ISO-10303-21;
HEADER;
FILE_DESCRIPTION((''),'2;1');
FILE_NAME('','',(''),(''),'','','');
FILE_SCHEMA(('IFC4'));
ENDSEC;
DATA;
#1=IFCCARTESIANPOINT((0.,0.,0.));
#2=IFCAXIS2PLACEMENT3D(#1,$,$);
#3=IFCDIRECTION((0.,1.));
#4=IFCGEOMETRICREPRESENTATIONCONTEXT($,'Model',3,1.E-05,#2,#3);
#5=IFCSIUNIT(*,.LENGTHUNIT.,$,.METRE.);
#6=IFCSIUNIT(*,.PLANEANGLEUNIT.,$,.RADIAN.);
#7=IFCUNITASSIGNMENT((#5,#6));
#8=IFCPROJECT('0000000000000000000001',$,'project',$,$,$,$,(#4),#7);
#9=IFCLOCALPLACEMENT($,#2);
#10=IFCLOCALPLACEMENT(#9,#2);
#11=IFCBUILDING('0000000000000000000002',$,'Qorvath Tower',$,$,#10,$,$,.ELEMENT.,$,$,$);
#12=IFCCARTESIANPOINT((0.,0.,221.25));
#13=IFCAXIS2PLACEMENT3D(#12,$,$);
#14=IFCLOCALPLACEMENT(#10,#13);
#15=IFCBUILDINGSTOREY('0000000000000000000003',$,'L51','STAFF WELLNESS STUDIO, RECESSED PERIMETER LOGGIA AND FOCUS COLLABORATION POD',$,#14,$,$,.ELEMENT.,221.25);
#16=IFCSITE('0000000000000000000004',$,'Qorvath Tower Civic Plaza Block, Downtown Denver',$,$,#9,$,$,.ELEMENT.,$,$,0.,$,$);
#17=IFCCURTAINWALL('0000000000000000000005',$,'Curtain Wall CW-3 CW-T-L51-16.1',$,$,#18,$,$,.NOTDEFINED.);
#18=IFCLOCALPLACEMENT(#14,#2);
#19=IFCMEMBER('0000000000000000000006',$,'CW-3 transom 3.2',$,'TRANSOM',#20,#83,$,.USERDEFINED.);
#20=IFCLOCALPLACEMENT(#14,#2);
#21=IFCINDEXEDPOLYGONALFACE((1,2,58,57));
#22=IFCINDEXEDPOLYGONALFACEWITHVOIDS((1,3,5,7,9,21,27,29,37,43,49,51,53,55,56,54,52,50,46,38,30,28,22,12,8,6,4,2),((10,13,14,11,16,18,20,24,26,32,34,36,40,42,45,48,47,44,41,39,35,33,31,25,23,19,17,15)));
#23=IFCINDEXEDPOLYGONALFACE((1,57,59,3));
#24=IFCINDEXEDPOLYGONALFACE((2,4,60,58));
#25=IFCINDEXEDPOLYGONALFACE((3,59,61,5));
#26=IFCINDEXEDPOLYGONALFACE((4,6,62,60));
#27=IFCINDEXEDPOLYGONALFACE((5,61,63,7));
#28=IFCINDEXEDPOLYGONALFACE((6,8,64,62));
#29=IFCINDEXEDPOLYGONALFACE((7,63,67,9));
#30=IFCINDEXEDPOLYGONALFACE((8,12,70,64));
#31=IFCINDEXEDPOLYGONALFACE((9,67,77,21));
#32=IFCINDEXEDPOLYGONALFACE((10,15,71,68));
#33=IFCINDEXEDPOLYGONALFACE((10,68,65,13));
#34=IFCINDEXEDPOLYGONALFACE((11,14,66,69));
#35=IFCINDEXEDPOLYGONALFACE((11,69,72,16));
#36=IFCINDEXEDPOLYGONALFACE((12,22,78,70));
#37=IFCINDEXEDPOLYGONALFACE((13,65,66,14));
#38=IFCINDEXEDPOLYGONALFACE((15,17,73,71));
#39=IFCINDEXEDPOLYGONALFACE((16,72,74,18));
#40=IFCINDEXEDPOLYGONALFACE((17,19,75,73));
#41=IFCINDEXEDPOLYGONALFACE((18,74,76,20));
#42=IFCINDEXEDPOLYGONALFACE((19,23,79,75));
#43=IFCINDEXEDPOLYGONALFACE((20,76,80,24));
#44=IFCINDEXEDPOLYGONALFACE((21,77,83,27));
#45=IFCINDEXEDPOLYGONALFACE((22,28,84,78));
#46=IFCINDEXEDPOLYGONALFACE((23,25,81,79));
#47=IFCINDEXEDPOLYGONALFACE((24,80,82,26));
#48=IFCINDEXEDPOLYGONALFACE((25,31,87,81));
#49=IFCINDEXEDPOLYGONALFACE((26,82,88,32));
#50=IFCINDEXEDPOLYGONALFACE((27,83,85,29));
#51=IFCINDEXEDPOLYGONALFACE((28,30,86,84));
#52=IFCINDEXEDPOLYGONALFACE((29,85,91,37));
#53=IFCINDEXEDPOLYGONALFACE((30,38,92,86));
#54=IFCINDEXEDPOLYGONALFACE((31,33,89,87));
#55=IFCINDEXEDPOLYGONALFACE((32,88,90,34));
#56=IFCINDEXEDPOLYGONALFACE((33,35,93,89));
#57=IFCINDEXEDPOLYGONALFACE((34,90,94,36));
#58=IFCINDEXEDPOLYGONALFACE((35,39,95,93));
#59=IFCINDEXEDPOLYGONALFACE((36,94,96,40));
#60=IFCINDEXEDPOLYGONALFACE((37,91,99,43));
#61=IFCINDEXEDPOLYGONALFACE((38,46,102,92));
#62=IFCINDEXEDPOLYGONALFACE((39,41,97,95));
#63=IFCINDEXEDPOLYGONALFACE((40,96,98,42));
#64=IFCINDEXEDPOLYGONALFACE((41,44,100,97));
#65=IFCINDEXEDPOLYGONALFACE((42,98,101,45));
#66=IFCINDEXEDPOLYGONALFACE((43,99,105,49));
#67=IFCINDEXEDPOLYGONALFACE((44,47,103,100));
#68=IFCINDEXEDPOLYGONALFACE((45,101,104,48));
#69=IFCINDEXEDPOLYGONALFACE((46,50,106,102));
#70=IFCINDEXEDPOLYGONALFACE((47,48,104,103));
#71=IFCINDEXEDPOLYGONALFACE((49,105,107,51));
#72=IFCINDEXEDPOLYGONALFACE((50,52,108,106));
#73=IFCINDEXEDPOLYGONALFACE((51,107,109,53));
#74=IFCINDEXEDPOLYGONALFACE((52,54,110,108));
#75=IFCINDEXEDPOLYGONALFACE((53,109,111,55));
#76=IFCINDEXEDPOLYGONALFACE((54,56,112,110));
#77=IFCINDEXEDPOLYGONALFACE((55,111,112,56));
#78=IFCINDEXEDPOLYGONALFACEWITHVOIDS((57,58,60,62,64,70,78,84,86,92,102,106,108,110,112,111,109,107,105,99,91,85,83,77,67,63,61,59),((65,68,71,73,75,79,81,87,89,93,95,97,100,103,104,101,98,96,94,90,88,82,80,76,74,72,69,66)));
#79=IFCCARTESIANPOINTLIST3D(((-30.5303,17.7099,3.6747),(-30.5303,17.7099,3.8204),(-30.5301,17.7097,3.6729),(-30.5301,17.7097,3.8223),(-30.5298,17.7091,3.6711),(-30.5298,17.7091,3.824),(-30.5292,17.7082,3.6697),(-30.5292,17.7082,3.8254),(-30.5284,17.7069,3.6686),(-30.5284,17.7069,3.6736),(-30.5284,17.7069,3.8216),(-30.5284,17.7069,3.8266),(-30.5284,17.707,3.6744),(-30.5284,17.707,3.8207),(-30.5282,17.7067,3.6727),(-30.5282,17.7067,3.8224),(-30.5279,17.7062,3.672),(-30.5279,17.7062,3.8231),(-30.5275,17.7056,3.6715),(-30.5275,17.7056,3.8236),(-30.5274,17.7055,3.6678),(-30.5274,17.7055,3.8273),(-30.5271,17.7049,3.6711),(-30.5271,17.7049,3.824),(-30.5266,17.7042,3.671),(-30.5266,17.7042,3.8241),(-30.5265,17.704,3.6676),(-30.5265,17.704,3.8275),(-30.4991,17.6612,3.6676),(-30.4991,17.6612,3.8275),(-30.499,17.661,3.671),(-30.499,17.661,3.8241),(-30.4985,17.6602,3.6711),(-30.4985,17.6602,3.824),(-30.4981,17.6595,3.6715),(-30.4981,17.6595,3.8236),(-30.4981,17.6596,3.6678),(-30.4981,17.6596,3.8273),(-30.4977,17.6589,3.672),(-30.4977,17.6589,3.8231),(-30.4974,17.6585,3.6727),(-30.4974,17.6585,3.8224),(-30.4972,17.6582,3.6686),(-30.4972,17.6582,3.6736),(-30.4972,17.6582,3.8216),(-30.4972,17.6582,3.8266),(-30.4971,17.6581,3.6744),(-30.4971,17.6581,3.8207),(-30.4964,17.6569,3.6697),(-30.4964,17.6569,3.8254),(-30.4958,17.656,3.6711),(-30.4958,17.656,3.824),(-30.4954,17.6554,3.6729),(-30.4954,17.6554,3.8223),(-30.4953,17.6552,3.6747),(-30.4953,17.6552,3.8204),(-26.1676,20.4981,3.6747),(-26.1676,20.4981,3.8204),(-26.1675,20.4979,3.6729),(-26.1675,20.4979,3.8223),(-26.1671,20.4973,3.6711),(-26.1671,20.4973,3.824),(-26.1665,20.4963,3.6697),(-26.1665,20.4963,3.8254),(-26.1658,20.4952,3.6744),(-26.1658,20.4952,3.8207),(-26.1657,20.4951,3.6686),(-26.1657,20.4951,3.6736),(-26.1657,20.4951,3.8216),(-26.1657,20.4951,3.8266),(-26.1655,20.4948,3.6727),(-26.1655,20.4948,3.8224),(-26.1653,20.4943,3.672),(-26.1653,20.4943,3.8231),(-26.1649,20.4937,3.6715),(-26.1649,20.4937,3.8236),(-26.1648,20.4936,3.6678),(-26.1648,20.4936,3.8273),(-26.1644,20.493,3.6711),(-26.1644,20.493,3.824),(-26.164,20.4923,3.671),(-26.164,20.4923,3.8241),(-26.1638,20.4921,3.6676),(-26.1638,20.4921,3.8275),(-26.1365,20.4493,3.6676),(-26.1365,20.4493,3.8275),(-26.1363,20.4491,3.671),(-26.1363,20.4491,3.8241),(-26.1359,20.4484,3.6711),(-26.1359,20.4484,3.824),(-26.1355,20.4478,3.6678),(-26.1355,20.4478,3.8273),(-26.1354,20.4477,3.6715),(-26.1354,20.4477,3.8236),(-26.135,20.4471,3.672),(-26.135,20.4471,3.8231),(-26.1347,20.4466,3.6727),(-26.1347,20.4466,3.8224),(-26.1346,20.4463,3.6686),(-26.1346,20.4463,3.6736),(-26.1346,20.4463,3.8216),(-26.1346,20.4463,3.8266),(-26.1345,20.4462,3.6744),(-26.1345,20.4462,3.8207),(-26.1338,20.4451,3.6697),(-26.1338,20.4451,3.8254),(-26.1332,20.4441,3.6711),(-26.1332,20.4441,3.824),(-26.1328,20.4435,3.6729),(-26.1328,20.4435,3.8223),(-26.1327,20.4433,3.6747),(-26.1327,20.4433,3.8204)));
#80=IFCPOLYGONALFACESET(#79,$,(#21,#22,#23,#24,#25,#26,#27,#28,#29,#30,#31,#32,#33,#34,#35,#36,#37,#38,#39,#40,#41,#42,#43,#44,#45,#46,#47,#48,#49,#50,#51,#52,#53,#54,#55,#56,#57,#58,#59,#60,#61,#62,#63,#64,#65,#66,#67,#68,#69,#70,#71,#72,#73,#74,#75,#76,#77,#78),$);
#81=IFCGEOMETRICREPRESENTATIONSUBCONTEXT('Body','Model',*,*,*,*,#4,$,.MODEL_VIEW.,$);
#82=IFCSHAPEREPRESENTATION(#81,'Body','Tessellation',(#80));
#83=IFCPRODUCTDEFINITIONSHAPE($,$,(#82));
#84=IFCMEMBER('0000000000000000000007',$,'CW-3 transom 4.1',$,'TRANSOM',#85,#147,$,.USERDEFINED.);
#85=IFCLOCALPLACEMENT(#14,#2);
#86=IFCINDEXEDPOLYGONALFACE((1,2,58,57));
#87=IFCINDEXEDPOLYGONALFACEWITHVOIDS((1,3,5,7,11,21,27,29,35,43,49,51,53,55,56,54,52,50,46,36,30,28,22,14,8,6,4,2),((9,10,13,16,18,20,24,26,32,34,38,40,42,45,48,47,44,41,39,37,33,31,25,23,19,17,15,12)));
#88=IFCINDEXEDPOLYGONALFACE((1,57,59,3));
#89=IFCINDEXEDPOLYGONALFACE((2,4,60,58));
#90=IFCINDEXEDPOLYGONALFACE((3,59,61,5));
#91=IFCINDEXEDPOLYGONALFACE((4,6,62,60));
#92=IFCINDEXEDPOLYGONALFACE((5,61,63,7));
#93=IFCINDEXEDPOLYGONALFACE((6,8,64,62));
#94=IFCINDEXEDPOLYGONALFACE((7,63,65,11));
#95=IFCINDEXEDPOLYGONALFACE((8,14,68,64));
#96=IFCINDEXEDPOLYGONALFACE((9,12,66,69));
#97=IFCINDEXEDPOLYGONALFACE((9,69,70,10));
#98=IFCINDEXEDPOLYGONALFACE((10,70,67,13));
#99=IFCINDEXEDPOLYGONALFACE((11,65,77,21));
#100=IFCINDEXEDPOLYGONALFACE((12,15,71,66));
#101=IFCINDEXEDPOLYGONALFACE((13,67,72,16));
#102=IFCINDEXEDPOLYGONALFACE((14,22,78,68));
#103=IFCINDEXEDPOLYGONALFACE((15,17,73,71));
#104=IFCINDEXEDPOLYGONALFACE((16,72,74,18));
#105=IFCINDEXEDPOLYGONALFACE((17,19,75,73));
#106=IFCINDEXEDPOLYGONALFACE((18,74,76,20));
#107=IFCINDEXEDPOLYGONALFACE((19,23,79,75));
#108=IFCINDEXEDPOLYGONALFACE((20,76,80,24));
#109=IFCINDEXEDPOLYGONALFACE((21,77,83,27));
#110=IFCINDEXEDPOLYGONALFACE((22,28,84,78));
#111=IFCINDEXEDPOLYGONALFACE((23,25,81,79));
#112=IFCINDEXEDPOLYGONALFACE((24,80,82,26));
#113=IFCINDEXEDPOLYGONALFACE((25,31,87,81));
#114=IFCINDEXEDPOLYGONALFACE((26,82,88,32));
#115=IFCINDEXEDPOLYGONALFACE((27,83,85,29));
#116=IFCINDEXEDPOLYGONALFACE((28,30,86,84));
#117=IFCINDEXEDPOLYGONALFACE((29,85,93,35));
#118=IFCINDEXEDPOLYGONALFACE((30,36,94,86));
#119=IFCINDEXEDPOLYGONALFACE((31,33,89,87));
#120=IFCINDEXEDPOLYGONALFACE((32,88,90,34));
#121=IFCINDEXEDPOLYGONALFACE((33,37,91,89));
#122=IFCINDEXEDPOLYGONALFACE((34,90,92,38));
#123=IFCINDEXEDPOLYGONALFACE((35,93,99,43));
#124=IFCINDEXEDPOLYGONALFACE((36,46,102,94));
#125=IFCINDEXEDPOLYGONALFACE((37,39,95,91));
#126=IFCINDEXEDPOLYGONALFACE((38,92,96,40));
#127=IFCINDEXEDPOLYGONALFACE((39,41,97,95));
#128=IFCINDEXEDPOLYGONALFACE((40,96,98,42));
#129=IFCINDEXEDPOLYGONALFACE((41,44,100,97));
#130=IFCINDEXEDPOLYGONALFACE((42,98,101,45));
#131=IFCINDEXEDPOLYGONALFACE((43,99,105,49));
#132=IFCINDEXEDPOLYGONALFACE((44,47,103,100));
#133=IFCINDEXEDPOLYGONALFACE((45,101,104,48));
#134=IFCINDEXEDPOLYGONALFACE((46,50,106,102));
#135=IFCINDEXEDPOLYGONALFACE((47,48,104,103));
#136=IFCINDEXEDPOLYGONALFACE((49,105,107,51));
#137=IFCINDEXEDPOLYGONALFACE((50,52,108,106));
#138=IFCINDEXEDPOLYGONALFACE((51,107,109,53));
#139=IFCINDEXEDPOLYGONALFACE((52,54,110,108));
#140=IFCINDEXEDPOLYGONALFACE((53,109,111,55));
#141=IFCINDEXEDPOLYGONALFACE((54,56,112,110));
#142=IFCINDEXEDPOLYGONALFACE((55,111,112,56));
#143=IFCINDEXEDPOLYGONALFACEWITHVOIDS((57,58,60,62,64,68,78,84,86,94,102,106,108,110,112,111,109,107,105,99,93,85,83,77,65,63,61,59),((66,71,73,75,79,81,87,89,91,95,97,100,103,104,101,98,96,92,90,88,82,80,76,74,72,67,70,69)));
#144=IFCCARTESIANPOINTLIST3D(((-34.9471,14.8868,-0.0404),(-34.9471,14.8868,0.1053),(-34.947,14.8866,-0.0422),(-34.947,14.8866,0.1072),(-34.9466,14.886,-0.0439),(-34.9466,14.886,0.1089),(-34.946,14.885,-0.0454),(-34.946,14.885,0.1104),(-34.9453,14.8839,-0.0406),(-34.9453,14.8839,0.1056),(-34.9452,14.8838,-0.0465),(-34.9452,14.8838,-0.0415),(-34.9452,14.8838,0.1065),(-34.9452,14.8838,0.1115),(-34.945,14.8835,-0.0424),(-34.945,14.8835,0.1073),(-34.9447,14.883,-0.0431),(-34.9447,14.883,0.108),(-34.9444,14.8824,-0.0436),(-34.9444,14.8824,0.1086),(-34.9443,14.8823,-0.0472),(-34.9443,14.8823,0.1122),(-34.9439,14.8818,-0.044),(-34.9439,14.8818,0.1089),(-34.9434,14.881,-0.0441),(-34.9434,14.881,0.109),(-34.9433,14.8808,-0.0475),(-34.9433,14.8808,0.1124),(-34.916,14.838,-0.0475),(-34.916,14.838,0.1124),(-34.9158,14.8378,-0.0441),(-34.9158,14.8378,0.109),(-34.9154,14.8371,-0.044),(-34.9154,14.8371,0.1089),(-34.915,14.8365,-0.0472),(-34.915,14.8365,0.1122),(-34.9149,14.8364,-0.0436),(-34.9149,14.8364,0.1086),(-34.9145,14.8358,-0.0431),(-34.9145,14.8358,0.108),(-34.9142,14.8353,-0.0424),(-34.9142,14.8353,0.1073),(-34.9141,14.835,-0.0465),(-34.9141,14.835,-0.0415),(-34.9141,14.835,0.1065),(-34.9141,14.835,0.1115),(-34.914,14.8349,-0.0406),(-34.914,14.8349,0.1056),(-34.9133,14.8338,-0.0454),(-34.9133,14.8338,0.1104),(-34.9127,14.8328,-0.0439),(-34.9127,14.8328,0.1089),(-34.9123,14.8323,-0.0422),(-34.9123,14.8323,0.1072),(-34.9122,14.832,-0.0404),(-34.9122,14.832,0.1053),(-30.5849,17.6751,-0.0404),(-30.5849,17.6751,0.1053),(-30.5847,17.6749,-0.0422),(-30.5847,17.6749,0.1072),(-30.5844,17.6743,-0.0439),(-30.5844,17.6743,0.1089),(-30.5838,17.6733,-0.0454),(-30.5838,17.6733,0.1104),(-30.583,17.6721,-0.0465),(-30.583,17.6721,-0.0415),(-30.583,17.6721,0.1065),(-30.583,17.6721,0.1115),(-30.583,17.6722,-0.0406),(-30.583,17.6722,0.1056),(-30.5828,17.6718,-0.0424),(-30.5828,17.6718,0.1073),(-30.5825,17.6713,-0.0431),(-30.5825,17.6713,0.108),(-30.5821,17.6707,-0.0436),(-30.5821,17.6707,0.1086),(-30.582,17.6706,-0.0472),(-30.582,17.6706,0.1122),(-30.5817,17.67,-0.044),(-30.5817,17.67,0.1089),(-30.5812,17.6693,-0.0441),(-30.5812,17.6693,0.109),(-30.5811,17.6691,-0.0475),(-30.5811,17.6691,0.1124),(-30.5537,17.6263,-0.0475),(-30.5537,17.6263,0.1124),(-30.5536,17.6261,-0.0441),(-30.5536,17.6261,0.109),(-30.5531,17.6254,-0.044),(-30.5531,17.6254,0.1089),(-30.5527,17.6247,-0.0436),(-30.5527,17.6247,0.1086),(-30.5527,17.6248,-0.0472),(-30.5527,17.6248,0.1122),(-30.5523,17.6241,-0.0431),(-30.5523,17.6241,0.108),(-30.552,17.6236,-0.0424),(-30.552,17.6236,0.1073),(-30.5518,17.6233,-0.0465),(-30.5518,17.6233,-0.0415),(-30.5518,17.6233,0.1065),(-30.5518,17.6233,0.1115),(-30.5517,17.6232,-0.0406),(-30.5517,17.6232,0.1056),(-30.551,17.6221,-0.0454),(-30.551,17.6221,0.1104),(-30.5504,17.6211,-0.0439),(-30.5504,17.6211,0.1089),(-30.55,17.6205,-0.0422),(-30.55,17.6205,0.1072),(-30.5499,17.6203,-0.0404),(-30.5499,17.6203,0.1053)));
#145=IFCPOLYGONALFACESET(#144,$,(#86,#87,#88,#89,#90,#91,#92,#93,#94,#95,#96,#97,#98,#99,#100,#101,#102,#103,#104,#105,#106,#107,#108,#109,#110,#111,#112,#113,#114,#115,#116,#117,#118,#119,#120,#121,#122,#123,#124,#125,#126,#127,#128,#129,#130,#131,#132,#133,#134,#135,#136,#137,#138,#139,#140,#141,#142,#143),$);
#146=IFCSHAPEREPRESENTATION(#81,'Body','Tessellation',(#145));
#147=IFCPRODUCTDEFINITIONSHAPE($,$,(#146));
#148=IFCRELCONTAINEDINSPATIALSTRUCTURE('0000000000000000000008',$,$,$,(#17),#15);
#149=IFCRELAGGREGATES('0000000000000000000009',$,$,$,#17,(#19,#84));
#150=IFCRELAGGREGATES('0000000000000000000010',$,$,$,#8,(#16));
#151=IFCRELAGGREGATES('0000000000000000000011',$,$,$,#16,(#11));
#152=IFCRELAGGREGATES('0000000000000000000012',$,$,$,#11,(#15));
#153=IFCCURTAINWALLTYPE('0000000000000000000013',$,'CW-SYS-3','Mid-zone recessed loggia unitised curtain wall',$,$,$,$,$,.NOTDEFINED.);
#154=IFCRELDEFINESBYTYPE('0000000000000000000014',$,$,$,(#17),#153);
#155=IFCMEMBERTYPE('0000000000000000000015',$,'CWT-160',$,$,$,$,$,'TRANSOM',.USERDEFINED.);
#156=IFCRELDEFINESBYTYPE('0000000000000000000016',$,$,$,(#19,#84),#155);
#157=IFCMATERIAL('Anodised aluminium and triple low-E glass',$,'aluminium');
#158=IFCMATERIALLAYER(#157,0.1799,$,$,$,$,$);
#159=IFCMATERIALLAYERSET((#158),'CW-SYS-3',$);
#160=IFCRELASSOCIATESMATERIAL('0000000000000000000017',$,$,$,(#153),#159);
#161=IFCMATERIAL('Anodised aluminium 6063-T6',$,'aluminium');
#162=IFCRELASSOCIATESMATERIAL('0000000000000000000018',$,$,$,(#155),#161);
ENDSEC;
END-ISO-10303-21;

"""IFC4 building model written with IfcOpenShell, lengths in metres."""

from ifc_helpers import new_model, si_unit, direction, frame, origin, origin_2d, place, context, subcontext, project, spatial, hollow_rectangle, extrude, material, layer, layer_set, material_profile, profile_set, type_object, element, aggregate, save


model = new_model("IFC4")

# Units and contexts
model_context = context("Model", 3, precision=1e-05, world=origin(), true_north=direction((0.0, 1.0)))
body_context = subcontext(model_context, "Body", "Model", "MODEL_VIEW")
ifc_project = project(units=[si_unit("LENGTHUNIT", "METRE"), si_unit("PLANEANGLEUNIT", "RADIAN")], contexts=[model_context])

# Site, building, storey
site_placement = place(None, origin())
site = spatial("IfcSite", under=ifc_project, at=site_placement, Name="Qorvath Tower Civic Plaza Block, Downtown Denver", CompositionType="ELEMENT", RefElevation=0.0)
building_placement = place(site_placement, origin())
building = spatial("IfcBuilding", under=site, at=building_placement, Name="Qorvath Tower", CompositionType="ELEMENT")
storey_placement = place(building_placement, frame((0.0, 0.0, 221.25)))
storey = spatial("IfcBuildingStorey", under=building, at=storey_placement, Name="L51", Description="STAFF WELLNESS STUDIO, RECESSED PERIMETER LOGGIA AND FOCUS COLLABORATION POD", CompositionType="ELEMENT", Elevation=221.25)

# Curtain wall, members
ifc_material_1 = material(Name="Anodised aluminium and triple low-E glass", Category="aluminium")
ifc_layer_1 = layer(ifc_material_1, 0.1799)
ifc_layer_set_1 = layer_set([ifc_layer_1], Name="CW-SYS-3")
curtain_wall_type = type_object("IfcCurtainWallType", Name="CW-SYS-3", Description="Mid-zone recessed loggia unitised curtain wall", PredefinedType="NOTDEFINED", material=ifc_layer_set_1)
curtain_wall_placement = place(storey_placement, origin())
curtain_wall = element("IfcCurtainWall", 1, at=curtain_wall_placement, inside=storey, type_object=curtain_wall_type, Name="Curtain Wall CW-3 CW-T-L51-16.1", PredefinedType="NOTDEFINED")
ifc_material_2 = material(Name="Anodised aluminium 6063-T6", Category="aluminium")
ifc_material_profile_1 = material_profile(ifc_material_2, hollow_rectangle(XDim=0.0649, YDim=0.1599, WallThickness=0.0034, InnerFilletRadius=0.0034, OuterFilletRadius=0.0071, at=origin_2d()), Name="CWT 160x65")
ifc_profile_set_1 = profile_set([ifc_material_profile_1], Name="Anodised aluminium 6063-T6")
member_type_1 = type_object("IfcMemberType", Name="CWT-160", ElementType="TRANSOM", PredefinedType="USERDEFINED", material=ifc_profile_set_1)
member_1_placement = place(storey_placement, frame((-26.1501, 20.4707, 3.7476), z_axis=(-0.842617, -0.538513, 0.0), x_axis=(0.538513, -0.842617, 0.0)))
member_1 = element("IfcMember", 2, at=member_1_placement, type_object=member_type_1, Name="CW-3 transom 3.2", ObjectType="TRANSOM", PredefinedType="USERDEFINED", context=body_context, shape_type="SweptSolid", body=[
    extrude(hollow_rectangle(XDim=0.0649, YDim=0.1599, WallThickness=0.0034, InnerFilletRadius=0.0034, OuterFilletRadius=0.0071, at=origin_2d()), origin(), (0.0, 0.0, 1.0), 5.1775),
])
member_2_placement = place(storey_placement, frame((-30.5674, 17.6477, 0.0325), z_axis=(-0.842582, -0.538568, 0.0), x_axis=(0.538568, -0.842582, 0.0)))
member_2 = element("IfcMember", 3, at=member_2_placement, type_object=member_type_1, Name="CW-3 transom 4.1", ObjectType="TRANSOM", PredefinedType="USERDEFINED", context=body_context, shape_type="SweptSolid", body=[
    extrude(hollow_rectangle(XDim=0.0649, YDim=0.1599, WallThickness=0.0034, InnerFilletRadius=0.0034, OuterFilletRadius=0.0071, at=origin_2d()), origin(), (0.0, 0.0, 1.0), 5.1772),
])
aggregate(curtain_wall, [member_1, member_2])

save(model, "model.ifc")
